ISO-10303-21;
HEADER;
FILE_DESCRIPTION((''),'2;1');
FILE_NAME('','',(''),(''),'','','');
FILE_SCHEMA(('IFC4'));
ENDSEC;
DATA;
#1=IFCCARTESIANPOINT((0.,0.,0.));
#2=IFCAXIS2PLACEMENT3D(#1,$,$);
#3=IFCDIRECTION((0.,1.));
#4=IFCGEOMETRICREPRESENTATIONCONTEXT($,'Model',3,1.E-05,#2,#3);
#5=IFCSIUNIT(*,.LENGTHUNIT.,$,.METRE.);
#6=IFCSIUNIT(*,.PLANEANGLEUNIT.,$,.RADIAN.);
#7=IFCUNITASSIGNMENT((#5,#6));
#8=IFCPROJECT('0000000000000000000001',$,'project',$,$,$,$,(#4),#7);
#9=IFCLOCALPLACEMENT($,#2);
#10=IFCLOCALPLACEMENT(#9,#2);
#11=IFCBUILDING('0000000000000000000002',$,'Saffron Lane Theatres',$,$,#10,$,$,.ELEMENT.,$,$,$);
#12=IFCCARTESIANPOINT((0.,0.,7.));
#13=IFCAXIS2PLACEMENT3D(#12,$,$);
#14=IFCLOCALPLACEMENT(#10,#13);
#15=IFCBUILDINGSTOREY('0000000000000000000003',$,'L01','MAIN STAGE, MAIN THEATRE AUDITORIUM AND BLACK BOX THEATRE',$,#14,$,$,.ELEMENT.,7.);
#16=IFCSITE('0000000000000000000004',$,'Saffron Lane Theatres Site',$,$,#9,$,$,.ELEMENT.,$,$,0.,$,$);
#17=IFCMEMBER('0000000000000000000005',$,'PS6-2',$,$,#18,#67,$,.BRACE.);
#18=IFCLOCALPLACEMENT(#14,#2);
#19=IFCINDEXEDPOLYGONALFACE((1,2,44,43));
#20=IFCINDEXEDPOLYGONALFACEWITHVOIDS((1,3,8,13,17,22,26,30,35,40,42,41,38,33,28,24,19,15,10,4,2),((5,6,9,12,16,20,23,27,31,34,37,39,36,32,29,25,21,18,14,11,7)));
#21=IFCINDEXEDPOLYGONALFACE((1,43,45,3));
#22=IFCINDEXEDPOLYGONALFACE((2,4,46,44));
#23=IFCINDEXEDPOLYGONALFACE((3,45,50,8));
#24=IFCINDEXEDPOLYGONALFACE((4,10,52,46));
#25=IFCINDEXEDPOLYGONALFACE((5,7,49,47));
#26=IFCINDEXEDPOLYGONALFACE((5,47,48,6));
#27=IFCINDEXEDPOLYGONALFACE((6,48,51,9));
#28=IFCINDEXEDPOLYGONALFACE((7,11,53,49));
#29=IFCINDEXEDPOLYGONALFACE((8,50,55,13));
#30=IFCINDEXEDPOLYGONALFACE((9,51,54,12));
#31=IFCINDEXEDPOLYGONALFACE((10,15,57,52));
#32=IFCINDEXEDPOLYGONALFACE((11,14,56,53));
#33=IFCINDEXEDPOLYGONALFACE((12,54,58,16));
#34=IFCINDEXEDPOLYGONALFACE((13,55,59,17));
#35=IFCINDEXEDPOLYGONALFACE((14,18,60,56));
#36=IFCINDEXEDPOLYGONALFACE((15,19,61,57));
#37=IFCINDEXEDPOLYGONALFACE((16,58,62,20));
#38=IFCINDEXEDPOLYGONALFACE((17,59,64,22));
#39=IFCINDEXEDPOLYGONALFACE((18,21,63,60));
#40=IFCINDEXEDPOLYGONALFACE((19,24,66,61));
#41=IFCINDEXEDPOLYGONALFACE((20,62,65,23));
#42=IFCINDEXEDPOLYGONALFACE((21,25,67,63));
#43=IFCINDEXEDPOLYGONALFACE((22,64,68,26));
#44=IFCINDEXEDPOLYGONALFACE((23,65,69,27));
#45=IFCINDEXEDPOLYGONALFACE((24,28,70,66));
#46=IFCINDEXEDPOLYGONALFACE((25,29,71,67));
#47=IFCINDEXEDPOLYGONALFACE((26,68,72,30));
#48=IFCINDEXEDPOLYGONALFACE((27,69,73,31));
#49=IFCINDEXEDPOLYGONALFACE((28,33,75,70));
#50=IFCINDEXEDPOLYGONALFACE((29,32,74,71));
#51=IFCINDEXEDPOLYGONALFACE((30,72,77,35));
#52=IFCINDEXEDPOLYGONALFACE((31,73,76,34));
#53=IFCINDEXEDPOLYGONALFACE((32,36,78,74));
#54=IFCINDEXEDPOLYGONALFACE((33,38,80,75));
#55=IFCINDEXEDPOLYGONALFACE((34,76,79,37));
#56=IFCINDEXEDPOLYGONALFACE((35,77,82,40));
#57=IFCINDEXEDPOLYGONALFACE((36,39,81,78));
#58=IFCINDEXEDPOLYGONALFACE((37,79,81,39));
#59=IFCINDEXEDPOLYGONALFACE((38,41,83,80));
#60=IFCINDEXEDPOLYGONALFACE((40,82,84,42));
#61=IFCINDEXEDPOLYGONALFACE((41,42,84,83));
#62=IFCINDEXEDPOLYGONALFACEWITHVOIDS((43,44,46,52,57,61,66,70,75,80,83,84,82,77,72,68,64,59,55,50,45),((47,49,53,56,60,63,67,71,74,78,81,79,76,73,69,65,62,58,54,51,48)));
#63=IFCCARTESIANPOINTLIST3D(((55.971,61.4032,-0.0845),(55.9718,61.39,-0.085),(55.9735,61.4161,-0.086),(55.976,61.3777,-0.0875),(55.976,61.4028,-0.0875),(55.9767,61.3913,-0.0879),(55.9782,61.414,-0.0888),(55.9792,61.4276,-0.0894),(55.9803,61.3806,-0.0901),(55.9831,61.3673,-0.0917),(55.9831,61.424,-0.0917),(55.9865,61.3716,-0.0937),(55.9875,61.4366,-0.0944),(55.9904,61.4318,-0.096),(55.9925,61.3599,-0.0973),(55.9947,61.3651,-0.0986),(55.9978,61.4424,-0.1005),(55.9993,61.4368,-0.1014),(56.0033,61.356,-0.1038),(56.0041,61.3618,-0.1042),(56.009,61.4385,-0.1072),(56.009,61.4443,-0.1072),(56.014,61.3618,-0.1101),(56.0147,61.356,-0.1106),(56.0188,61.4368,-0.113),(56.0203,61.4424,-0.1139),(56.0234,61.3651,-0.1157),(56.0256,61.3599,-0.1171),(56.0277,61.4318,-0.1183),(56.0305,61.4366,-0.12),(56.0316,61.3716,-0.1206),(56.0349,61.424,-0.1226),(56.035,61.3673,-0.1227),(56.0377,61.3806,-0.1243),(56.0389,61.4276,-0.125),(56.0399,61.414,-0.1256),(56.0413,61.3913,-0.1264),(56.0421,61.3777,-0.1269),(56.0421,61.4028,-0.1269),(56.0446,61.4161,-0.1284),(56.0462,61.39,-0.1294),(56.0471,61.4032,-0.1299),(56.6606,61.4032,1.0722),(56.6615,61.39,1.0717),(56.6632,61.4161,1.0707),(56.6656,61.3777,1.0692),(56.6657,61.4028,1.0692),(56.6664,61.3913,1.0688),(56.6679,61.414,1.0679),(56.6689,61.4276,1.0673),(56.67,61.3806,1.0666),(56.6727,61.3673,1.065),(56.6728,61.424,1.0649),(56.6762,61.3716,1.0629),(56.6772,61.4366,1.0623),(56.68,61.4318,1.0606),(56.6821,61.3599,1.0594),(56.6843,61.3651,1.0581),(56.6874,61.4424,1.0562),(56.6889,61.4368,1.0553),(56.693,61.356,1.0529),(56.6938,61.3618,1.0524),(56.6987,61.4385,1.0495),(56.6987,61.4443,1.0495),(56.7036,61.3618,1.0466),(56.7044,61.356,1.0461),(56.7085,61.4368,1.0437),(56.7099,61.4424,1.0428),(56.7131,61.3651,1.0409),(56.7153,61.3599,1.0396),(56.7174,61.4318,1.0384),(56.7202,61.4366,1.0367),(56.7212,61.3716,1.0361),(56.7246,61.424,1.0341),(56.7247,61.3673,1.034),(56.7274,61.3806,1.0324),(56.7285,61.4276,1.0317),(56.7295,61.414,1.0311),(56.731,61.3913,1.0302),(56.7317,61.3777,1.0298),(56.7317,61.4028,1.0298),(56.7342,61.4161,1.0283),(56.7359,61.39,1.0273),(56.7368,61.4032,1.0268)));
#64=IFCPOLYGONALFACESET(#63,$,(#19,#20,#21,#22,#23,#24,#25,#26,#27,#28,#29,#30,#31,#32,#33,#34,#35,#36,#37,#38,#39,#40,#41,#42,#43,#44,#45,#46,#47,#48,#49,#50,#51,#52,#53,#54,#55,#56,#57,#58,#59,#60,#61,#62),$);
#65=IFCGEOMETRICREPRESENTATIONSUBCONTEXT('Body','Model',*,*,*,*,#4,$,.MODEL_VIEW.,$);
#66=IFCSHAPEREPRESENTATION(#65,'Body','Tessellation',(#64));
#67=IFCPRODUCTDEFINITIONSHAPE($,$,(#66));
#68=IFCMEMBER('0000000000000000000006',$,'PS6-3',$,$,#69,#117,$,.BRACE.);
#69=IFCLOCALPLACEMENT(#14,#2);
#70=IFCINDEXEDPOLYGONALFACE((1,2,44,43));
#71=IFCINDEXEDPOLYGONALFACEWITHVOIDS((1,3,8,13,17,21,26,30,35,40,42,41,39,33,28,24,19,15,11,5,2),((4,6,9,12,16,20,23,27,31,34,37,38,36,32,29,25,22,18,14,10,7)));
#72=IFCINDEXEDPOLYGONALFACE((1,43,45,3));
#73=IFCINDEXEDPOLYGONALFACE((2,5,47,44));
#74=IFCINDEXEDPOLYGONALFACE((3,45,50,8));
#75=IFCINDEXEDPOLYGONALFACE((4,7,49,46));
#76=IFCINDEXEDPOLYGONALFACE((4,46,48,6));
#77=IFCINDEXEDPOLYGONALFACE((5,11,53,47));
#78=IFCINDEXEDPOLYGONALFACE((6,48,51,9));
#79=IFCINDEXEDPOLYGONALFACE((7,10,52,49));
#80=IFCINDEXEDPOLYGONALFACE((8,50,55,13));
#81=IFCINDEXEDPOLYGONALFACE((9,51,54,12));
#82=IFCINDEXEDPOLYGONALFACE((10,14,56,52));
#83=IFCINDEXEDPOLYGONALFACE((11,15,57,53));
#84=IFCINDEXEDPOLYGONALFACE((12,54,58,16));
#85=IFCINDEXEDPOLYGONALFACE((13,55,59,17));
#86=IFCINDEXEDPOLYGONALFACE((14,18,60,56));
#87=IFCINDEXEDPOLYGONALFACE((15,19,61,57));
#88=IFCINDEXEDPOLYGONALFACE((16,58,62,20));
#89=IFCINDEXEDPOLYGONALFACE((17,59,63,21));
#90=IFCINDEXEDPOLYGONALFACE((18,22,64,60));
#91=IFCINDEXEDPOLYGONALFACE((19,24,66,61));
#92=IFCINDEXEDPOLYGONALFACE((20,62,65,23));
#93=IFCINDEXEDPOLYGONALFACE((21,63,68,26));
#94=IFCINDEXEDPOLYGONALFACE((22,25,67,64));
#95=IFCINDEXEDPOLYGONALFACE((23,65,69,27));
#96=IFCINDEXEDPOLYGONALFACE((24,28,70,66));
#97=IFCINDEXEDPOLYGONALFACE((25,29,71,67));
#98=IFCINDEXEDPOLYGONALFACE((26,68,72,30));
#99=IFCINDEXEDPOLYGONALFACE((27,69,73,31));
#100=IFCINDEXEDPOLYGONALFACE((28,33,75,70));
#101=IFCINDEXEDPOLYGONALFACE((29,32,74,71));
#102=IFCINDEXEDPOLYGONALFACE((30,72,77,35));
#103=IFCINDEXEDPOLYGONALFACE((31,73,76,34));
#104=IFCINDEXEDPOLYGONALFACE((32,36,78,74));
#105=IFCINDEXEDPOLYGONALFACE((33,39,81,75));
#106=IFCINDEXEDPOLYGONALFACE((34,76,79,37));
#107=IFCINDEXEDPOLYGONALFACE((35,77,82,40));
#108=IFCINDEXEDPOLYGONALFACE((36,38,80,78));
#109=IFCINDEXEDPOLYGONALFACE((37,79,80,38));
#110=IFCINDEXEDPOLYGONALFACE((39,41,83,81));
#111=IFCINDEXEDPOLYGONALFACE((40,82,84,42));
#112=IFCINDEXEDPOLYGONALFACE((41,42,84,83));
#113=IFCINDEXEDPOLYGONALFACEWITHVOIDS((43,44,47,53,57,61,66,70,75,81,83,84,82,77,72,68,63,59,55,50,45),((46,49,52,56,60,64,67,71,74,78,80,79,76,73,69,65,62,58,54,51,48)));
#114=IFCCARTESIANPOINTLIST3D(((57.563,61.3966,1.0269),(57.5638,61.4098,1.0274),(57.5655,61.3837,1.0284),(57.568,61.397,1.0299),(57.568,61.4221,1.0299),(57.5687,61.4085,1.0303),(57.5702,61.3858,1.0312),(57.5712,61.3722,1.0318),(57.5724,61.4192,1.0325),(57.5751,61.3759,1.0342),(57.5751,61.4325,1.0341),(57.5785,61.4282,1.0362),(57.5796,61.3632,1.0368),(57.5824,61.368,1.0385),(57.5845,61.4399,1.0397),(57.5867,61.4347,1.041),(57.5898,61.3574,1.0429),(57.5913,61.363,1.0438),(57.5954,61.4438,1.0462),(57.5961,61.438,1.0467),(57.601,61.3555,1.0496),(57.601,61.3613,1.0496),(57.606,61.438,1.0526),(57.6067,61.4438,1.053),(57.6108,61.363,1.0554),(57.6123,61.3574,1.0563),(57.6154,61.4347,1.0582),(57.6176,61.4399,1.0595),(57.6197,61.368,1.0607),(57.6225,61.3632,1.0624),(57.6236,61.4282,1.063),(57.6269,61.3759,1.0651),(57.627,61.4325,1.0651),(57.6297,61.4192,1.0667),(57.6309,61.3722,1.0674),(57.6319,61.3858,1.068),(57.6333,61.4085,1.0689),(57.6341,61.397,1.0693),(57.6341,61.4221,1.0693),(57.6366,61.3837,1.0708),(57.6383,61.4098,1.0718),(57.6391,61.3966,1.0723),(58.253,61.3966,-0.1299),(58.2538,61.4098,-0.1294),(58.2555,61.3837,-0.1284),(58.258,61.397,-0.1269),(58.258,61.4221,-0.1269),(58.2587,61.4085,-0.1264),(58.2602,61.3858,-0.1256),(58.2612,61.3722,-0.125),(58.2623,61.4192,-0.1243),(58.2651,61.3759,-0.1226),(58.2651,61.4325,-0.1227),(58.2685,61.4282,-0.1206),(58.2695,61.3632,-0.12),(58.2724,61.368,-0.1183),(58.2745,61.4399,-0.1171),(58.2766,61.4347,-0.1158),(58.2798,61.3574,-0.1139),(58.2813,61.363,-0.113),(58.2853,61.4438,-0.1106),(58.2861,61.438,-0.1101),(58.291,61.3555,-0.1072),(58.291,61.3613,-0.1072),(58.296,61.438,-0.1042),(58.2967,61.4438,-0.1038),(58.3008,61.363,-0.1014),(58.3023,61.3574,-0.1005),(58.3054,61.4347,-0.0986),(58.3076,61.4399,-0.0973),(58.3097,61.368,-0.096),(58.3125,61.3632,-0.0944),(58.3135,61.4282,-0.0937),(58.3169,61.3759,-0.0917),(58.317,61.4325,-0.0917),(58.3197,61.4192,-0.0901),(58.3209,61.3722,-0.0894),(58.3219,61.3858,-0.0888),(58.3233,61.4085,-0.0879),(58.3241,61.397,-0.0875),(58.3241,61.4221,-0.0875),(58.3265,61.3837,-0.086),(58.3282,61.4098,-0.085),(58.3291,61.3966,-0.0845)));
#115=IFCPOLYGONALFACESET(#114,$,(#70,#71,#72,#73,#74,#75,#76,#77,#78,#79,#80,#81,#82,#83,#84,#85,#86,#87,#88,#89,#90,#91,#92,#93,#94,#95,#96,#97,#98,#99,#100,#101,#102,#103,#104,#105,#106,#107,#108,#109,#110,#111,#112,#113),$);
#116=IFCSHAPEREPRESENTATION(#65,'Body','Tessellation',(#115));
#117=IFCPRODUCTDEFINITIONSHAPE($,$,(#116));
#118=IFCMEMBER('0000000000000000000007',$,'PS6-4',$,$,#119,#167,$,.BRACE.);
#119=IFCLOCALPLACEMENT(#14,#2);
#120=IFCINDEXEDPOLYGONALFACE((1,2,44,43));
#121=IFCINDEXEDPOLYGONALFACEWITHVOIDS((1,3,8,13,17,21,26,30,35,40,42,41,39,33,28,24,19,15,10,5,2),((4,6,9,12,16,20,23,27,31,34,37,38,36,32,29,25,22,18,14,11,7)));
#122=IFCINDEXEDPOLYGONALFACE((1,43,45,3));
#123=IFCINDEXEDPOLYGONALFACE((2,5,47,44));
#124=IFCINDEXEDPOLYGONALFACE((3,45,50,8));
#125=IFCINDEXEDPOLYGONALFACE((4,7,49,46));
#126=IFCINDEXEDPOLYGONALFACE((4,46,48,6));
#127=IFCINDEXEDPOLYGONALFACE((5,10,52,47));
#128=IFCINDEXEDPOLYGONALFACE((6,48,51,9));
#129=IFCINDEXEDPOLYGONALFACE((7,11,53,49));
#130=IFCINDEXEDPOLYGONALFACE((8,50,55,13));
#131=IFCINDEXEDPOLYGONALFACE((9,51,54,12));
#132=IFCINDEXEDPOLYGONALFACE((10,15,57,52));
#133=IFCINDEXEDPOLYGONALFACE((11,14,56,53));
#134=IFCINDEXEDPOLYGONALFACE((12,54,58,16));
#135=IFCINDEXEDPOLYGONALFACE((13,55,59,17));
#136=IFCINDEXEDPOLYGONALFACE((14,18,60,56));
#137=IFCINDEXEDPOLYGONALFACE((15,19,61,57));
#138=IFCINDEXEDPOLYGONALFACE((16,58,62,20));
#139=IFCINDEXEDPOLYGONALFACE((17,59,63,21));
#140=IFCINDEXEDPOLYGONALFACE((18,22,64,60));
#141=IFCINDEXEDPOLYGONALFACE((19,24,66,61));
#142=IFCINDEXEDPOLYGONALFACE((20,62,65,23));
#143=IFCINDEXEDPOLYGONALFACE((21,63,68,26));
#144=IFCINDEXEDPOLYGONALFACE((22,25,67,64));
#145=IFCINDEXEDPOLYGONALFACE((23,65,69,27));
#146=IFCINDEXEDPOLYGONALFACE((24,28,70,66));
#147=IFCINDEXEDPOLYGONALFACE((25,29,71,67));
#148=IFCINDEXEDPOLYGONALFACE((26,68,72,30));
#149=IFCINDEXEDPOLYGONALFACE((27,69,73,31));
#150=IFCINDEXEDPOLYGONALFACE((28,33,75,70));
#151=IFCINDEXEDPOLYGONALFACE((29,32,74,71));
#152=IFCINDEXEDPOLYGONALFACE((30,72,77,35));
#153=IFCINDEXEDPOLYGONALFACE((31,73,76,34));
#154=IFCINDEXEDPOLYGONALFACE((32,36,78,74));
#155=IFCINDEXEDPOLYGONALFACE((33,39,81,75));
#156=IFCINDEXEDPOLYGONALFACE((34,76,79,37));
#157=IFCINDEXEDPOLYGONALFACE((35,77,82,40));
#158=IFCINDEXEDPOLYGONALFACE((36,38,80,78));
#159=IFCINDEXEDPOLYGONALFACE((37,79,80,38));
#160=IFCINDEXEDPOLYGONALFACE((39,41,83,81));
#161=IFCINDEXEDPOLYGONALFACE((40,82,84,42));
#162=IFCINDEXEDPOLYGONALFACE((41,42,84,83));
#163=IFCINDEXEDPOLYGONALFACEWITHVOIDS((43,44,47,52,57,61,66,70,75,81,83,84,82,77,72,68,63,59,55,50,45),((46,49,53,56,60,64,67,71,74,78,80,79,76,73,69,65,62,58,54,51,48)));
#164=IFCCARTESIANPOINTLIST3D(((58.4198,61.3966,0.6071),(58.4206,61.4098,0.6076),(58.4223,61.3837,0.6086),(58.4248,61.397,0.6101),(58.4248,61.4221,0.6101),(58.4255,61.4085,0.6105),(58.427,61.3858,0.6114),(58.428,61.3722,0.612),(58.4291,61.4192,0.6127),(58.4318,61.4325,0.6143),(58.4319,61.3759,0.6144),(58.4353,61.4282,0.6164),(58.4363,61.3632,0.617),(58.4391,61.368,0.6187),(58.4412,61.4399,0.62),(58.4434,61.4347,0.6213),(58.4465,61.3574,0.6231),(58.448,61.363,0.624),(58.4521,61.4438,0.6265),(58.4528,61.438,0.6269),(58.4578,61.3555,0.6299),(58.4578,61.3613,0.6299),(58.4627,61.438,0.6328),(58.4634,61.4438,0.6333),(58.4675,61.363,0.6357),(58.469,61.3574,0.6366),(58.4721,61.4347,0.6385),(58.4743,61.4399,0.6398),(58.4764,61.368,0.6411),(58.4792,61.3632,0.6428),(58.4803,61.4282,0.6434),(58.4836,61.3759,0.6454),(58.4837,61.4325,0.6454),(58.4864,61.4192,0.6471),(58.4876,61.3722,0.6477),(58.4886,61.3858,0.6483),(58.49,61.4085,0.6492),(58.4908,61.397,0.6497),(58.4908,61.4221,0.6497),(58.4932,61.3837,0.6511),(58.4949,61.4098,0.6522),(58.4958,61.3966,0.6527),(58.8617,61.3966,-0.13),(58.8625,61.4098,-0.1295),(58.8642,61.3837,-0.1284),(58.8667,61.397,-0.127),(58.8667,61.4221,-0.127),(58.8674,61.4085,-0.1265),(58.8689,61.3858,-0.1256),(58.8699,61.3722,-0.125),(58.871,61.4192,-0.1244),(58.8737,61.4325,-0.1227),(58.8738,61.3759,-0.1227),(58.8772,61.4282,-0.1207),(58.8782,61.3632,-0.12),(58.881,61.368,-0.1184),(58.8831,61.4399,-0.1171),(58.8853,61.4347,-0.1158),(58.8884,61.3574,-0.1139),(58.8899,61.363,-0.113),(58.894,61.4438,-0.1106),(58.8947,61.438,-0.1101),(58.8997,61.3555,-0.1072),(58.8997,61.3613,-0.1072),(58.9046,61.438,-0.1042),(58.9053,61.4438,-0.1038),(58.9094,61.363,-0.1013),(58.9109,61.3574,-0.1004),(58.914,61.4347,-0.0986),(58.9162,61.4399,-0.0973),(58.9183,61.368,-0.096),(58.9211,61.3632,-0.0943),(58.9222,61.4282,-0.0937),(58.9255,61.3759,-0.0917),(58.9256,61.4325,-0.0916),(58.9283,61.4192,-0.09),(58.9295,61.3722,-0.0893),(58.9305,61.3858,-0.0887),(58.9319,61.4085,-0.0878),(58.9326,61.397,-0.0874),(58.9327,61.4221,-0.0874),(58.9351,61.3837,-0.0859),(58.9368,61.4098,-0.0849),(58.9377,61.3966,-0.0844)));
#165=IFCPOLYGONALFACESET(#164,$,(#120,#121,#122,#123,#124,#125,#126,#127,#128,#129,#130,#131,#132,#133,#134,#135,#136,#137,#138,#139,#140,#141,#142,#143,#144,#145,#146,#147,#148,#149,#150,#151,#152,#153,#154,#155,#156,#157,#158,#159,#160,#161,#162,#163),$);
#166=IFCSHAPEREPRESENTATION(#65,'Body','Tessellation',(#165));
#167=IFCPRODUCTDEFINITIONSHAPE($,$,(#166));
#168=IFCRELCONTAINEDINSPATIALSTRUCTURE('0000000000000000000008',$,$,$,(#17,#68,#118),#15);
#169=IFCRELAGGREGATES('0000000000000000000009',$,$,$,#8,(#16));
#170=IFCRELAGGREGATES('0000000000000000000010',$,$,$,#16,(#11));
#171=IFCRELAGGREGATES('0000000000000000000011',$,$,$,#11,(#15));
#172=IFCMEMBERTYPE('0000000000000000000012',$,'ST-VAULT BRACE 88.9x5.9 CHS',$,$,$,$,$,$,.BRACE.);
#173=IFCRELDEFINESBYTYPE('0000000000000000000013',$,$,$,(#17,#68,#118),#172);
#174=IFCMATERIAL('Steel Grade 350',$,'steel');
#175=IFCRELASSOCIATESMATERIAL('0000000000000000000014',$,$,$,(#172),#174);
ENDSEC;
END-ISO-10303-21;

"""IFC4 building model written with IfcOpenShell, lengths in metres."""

from ifc_helpers import new_model, si_unit, direction, frame, origin, origin_2d, place, context, subcontext, project, spatial, hollow_circle, extrude, material, material_profile, profile_set, type_object, element, save


model = new_model("IFC4")

# Units and contexts
model_context = context("Model", 3, precision=1e-05, world=origin(), true_north=direction((0.0, 1.0)))
body_context = subcontext(model_context, "Body", "Model", "MODEL_VIEW")
ifc_project = project(units=[si_unit("LENGTHUNIT", "METRE"), si_unit("PLANEANGLEUNIT", "RADIAN")], contexts=[model_context])

# Site, building, storey
site_placement = place(None, origin())
site = spatial("IfcSite", under=ifc_project, at=site_placement, Name="Saffron Lane Theatres Site", CompositionType="ELEMENT", RefElevation=0.0)
building_placement = place(site_placement, origin())
building = spatial("IfcBuilding", under=site, at=building_placement, Name="Saffron Lane Theatres", CompositionType="ELEMENT")
storey_placement = place(building_placement, frame((0.0, 0.0, 7.0)))
storey = spatial("IfcBuildingStorey", under=building, at=storey_placement, Name="L01", Description="MAIN STAGE, MAIN THEATRE AUDITORIUM AND BLACK BOX THEATRE", CompositionType="ELEMENT", Elevation=7.0)

# Members
ifc_material_1 = material(Name="Steel Grade 350", Category="steel")
ifc_material_profile_1 = material_profile(ifc_material_1, hollow_circle(Radius=0.0444, WallThickness=0.0059, at=origin_2d()))
ifc_profile_set_1 = profile_set([ifc_material_profile_1], Name="Steel Grade 350")
member_type = type_object("IfcMemberType", Name="ST-VAULT BRACE 88.9x5.9 CHS", PredefinedType="BRACE", material=ifc_profile_set_1)
member_1_placement = place(storey_placement, frame((56.009, 61.3999, -0.1072), z_axis=(0.512121, 0.0, 0.858913), x_axis=(0.0, 1.0, 0.0)))
element("IfcMember", 1, at=member_1_placement, inside=storey, type_object=member_type, Name="PS6-2", PredefinedType="BRACE", context=body_context, shape_type="SweptSolid", body=[
    extrude(hollow_circle(Radius=0.0444, WallThickness=0.0059, at=origin_2d()), origin(), (0.0, 0.0, 1.0), 1.3467),
])
member_2_placement = place(storey_placement, frame((58.291, 61.3999, -0.1072), z_axis=(-0.512255, 0.0, 0.858833), x_axis=(0.0, -1.0, 0.0)))
element("IfcMember", 2, at=member_2_placement, inside=storey, type_object=member_type, Name="PS6-3", PredefinedType="BRACE", context=body_context, shape_type="SweptSolid", body=[
    extrude(hollow_circle(Radius=0.0444, WallThickness=0.0059, at=origin_2d()), origin(), (0.0, 0.0, 1.0), 1.3469),
])
member_3_placement = place(storey_placement, frame((58.8997, 61.3999, -0.1072), z_axis=(-0.514203, 0.0, 0.857668), x_axis=(0.0, -1.0, 0.0)))
element("IfcMember", 3, at=member_3_placement, inside=storey, type_object=member_type, Name="PS6-4", PredefinedType="BRACE", context=body_context, shape_type="SweptSolid", body=[
    extrude(hollow_circle(Radius=0.0444, WallThickness=0.0059, at=origin_2d()), origin(), (0.0, 0.0, 1.0), 0.8594),
])

save(model, "model.ifc")
